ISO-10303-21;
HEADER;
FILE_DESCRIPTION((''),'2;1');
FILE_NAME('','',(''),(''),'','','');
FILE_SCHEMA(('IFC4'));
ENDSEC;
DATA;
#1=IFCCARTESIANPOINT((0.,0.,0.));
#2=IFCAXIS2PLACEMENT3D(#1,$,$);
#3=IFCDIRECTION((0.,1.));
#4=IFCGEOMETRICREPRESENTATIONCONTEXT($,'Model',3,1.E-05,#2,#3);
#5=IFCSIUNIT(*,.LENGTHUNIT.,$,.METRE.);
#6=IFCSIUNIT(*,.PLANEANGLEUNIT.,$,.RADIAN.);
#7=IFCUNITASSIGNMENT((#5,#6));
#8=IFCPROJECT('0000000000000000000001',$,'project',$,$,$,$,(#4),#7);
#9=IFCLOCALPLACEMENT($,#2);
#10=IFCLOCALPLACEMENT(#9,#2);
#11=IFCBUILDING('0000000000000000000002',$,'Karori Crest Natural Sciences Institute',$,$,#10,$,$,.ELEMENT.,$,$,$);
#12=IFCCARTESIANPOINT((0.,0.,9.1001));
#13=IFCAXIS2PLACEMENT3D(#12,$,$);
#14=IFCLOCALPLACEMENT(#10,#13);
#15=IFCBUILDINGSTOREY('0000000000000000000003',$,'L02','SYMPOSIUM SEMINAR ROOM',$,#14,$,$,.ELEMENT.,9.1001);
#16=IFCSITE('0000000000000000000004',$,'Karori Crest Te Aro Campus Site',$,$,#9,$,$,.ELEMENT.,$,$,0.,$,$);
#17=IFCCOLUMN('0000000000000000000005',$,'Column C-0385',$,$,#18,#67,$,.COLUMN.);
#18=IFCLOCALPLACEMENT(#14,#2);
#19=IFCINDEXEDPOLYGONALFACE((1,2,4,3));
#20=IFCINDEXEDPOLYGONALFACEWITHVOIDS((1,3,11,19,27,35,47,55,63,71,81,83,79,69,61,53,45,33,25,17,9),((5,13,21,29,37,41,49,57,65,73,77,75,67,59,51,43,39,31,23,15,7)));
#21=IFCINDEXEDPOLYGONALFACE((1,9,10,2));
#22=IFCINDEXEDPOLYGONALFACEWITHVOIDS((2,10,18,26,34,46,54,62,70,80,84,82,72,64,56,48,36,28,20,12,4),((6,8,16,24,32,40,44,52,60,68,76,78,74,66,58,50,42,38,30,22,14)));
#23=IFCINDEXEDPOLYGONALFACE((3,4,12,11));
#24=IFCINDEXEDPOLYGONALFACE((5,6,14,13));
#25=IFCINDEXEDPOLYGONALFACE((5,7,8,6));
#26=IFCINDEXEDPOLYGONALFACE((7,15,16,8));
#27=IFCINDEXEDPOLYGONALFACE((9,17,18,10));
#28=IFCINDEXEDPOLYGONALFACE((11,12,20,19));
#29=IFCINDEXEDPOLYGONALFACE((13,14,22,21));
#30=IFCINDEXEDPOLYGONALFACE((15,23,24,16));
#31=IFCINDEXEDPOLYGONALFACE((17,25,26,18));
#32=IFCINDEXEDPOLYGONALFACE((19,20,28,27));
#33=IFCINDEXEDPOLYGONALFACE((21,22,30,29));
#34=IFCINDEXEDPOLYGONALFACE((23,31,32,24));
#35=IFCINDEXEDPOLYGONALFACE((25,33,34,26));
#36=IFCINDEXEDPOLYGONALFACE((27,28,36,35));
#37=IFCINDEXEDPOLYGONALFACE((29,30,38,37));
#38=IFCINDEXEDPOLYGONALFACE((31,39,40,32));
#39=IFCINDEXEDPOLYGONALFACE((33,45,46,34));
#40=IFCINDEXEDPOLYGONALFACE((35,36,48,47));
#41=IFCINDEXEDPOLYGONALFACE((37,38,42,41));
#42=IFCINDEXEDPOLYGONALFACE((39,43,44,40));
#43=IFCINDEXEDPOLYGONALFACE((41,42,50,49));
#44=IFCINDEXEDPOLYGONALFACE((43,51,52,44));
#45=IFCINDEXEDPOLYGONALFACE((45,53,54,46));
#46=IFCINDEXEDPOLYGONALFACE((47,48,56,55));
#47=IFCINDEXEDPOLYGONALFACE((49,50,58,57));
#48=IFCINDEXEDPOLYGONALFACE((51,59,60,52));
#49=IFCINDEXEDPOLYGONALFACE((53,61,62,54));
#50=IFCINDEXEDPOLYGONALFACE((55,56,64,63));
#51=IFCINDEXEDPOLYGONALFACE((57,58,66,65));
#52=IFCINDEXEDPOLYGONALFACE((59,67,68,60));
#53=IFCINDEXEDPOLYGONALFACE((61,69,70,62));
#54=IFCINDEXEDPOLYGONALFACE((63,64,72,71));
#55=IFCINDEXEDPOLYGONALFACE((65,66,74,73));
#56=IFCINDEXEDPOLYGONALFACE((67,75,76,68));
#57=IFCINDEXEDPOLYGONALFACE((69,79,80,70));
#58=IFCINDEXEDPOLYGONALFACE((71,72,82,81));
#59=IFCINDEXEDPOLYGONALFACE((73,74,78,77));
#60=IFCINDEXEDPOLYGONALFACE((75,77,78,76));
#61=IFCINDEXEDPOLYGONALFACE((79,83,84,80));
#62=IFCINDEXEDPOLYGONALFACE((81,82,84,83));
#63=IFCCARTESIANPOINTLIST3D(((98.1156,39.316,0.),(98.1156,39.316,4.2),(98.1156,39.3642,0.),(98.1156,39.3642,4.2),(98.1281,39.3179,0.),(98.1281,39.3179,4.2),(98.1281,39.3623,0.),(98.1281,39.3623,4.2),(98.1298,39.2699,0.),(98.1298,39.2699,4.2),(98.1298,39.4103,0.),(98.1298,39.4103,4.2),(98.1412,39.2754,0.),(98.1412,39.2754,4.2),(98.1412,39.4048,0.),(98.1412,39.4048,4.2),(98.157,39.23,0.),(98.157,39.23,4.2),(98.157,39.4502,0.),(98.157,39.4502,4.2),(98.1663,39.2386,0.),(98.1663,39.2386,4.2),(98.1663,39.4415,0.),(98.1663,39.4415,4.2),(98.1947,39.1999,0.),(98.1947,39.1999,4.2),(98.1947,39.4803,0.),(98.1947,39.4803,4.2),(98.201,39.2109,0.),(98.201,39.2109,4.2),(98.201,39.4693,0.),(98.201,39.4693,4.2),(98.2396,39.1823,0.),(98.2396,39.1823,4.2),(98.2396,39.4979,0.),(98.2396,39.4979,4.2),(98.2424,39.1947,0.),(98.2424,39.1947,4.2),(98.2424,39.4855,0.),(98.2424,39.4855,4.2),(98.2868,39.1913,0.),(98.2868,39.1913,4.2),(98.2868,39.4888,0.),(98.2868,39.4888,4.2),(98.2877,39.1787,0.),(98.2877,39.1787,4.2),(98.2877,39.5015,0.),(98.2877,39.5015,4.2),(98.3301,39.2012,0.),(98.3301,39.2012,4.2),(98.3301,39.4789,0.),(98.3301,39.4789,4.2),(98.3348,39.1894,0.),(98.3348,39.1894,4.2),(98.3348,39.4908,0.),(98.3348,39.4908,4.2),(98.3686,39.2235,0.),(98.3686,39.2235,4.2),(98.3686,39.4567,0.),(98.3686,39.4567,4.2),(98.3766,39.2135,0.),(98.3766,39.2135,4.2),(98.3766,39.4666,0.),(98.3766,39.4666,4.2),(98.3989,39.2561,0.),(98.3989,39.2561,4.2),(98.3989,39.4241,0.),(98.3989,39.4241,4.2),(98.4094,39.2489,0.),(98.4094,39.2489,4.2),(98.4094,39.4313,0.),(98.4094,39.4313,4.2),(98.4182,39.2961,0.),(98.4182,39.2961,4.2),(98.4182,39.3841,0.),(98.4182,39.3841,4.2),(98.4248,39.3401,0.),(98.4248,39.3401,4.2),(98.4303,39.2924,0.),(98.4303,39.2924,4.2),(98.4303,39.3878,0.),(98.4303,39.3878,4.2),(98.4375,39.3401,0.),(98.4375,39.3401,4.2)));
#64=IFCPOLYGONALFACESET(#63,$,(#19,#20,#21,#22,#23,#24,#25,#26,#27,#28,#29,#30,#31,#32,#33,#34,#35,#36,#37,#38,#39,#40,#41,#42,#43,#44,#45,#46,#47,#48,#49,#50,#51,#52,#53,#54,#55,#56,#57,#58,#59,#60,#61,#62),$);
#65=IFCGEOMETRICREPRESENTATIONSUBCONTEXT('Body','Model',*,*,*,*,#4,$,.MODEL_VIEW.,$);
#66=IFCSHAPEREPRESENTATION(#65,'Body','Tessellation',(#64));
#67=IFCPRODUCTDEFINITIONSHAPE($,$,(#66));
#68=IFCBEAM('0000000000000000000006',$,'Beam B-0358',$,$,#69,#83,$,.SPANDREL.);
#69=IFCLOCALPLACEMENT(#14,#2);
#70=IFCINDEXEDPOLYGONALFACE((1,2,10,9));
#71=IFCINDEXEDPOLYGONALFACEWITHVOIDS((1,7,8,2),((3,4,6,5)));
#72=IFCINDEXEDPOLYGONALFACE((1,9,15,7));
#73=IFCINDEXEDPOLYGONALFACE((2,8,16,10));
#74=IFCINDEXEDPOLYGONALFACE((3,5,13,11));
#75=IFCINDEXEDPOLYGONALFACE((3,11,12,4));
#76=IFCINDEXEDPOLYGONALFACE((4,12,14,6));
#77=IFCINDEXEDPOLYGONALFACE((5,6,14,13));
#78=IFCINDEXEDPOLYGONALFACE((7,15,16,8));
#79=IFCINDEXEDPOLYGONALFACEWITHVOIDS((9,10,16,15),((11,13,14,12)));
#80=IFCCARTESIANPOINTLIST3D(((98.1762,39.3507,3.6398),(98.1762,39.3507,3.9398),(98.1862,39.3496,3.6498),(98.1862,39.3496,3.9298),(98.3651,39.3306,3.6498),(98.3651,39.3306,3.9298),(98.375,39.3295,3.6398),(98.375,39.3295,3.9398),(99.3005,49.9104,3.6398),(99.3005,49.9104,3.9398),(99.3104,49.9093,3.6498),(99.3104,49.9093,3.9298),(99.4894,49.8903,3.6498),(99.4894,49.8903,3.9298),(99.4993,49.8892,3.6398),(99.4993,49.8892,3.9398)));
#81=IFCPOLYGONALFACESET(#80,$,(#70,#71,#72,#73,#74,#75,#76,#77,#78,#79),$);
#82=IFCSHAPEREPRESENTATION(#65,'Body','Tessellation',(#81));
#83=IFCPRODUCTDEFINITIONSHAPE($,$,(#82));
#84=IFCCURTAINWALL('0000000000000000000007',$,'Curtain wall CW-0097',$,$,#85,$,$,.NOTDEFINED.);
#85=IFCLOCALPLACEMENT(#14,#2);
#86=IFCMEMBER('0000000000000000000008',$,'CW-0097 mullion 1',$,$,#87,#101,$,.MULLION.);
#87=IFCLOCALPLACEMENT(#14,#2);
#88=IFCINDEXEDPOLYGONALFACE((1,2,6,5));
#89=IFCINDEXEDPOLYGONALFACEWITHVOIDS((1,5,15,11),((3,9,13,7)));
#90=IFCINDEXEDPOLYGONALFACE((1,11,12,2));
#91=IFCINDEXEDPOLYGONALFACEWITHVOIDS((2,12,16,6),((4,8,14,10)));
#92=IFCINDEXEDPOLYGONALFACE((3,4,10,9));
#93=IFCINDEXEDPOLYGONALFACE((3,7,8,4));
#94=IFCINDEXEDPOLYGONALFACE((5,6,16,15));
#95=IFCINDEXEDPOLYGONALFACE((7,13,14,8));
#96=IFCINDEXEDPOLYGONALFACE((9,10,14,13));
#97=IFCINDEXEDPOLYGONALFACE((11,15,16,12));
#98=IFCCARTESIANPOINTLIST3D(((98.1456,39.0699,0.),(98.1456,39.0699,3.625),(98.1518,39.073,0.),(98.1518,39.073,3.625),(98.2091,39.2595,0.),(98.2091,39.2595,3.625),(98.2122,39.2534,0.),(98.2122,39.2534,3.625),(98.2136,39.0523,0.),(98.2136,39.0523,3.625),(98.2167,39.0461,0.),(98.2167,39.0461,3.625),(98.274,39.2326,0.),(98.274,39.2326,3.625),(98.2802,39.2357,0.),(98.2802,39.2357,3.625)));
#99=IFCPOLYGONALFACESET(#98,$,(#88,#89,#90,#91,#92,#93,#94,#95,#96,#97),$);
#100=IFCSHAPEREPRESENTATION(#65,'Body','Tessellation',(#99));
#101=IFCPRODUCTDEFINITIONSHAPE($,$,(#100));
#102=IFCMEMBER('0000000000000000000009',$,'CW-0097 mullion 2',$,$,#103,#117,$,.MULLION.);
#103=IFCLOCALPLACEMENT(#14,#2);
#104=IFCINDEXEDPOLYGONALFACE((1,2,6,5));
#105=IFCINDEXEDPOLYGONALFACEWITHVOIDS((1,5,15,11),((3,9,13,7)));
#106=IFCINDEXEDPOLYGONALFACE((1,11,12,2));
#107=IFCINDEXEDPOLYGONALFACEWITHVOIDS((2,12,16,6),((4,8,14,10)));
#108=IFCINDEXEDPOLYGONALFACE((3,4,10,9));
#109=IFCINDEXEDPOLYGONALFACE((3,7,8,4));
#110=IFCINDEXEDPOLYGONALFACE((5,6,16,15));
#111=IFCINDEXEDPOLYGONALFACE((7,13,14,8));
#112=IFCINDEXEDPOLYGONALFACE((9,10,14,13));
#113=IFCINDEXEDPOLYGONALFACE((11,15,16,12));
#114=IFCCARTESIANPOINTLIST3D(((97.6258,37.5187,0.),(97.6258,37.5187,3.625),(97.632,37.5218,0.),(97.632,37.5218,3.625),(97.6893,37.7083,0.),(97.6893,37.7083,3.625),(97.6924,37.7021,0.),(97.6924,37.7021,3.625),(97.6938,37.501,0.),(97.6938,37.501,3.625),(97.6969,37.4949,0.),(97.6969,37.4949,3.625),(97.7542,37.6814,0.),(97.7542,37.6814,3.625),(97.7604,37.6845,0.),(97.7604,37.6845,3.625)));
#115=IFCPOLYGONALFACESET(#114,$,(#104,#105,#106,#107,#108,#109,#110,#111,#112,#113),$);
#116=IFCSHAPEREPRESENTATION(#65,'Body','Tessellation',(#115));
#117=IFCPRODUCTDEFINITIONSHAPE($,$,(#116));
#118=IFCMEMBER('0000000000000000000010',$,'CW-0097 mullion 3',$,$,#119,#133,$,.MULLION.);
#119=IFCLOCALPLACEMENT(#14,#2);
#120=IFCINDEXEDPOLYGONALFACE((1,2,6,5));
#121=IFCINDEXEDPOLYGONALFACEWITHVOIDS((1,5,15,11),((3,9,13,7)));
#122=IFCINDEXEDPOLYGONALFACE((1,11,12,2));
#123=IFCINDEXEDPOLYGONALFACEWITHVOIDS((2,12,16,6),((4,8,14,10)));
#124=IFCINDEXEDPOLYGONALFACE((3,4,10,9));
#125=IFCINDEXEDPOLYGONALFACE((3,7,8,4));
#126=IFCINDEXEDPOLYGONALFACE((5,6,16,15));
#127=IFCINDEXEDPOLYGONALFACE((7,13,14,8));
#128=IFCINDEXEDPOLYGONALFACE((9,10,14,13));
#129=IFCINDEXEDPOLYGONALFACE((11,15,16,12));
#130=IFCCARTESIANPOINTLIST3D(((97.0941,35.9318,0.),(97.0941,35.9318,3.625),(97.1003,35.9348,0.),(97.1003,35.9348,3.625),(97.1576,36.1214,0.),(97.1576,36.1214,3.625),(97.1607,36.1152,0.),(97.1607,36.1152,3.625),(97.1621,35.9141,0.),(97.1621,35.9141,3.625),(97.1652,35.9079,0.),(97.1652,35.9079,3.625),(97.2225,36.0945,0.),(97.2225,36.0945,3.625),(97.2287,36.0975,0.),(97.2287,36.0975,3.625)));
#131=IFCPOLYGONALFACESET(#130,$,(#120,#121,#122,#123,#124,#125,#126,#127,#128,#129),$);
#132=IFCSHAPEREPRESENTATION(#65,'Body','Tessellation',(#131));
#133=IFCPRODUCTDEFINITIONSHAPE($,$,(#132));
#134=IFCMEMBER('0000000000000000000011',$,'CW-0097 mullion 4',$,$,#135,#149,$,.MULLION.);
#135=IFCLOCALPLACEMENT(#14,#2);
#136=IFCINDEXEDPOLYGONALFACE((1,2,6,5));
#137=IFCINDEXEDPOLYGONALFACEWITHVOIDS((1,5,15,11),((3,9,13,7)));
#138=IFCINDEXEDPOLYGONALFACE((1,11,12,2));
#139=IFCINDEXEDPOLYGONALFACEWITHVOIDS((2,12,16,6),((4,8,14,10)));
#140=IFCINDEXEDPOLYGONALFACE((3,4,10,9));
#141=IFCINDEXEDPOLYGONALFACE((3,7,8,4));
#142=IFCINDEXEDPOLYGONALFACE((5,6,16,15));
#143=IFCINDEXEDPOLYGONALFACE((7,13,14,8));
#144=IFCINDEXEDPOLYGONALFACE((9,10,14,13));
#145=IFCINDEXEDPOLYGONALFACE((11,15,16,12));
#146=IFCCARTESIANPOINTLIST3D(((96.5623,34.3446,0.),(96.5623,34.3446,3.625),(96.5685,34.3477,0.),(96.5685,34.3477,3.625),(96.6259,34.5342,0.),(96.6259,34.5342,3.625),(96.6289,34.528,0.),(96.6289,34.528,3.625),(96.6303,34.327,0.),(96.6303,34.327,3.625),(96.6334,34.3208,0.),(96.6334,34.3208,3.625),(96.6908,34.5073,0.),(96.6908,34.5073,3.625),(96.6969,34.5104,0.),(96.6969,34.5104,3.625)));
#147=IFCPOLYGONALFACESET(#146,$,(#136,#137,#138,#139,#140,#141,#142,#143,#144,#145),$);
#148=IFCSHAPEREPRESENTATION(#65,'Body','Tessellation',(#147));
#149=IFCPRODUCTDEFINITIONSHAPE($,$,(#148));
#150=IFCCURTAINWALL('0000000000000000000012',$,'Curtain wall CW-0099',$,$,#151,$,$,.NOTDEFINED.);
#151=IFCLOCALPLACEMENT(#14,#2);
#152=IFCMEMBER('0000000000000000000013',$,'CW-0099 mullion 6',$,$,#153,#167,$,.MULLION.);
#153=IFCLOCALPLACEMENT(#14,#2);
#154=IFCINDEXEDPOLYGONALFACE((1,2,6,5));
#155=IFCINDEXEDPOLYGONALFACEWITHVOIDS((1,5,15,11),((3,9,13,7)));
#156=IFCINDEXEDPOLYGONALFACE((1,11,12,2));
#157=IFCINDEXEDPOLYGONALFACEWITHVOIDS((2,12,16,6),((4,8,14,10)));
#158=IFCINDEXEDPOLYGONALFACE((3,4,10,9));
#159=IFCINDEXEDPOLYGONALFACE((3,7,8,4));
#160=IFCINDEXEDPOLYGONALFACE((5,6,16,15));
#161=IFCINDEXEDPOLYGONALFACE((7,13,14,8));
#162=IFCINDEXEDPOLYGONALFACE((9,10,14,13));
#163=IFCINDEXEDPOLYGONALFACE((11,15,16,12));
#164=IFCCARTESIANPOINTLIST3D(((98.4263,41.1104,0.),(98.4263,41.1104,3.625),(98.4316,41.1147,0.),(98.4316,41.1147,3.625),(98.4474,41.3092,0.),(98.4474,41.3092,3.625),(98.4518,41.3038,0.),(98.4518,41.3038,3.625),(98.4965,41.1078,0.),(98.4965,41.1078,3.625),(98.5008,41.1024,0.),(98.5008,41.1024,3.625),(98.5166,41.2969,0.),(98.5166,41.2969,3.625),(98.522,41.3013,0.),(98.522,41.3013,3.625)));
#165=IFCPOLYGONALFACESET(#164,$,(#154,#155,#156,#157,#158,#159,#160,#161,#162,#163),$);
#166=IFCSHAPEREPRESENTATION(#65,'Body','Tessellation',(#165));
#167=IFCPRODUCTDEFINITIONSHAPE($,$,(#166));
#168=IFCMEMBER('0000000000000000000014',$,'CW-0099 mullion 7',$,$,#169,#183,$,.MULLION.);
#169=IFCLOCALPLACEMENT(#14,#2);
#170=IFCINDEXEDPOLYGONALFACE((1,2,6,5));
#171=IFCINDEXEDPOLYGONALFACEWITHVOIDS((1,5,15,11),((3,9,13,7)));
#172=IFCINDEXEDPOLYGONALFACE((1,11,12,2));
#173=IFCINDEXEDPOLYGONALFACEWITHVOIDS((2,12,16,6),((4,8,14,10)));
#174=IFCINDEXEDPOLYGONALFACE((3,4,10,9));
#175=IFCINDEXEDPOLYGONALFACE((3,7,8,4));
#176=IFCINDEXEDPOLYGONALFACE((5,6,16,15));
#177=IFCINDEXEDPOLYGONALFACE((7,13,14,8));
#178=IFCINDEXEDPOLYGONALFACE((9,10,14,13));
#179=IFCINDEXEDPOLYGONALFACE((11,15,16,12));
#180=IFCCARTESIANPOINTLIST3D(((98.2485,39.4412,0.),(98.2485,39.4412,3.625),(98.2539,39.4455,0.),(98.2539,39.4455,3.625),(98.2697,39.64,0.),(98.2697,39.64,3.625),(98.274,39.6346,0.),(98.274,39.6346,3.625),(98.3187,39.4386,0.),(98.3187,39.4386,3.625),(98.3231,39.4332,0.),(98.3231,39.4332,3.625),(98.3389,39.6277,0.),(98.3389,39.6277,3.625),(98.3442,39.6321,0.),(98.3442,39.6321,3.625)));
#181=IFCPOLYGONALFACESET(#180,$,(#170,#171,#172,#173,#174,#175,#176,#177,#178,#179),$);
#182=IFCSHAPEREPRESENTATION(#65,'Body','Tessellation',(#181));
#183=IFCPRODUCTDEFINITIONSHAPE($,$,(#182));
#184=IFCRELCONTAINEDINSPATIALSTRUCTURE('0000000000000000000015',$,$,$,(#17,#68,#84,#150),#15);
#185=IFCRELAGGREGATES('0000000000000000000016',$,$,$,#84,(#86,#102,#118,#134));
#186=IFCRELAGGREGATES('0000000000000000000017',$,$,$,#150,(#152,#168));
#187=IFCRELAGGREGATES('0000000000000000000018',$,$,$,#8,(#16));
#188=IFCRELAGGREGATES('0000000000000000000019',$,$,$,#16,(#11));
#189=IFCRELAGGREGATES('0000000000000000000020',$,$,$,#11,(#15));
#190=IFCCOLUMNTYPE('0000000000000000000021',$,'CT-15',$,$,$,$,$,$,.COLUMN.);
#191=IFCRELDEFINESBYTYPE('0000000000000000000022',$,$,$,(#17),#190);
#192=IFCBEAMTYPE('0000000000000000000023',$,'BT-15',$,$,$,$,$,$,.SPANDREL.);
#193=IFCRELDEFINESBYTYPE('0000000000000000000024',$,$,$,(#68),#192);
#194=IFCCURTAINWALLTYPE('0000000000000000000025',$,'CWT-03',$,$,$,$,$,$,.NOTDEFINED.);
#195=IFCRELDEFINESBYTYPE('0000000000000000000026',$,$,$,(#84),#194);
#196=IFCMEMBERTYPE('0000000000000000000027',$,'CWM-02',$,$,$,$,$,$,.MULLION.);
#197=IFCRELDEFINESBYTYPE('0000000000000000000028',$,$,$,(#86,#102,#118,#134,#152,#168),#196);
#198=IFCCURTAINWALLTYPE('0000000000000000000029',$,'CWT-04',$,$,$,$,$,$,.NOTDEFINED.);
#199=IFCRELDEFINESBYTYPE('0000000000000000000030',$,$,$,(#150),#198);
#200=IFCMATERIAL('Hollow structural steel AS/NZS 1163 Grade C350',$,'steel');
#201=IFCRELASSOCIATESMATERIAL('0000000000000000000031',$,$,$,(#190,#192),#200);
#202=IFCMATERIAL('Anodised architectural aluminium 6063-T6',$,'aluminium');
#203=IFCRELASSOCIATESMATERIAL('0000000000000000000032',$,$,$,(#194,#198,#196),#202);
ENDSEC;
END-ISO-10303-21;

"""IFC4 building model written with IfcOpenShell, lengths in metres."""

from ifc_helpers import new_model, si_unit, direction, frame, origin, origin_2d, place, context, subcontext, project, spatial, hollow_rectangle, hollow_circle, extrude, material, material_profile, profile_set, type_object, element, aggregate, save


model = new_model("IFC4")

# Units and contexts
model_context = context("Model", 3, precision=1e-05, world=origin(), true_north=direction((0.0, 1.0)))
body_context = subcontext(model_context, "Body", "Model", "MODEL_VIEW")
ifc_project = project(units=[si_unit("LENGTHUNIT", "METRE"), si_unit("PLANEANGLEUNIT", "RADIAN")], contexts=[model_context])

# Site, building, storey
site_placement = place(None, origin())
site = spatial("IfcSite", under=ifc_project, at=site_placement, Name="Karori Crest Te Aro Campus Site", CompositionType="ELEMENT", RefElevation=0.0)
building_placement = place(site_placement, origin())
building = spatial("IfcBuilding", under=site, at=building_placement, Name="Karori Crest Natural Sciences Institute", CompositionType="ELEMENT")
storey_placement = place(building_placement, frame((0.0, 0.0, 9.1001)))
storey = spatial("IfcBuildingStorey", under=building, at=storey_placement, Name="L02", Description="SYMPOSIUM SEMINAR ROOM", CompositionType="ELEMENT", Elevation=9.1001)

# Column
ifc_material_1 = material(Name="Hollow structural steel AS/NZS 1163 Grade C350", Category="steel")
ifc_material_profile_1 = material_profile(ifc_material_1, hollow_circle(Radius=0.1619, WallThickness=0.0127, at=origin_2d()), Name="CHS323.9x12.7")
ifc_profile_set_1 = profile_set([ifc_material_profile_1], Name="Hollow structural steel AS/NZS 1163 Grade C350")
column_type = type_object("IfcColumnType", Name="CT-15", PredefinedType="COLUMN", material=ifc_profile_set_1)
column_placement = place(storey_placement, frame((98.2756, 39.3401, 0.0), z_axis=(0.0, 0.0, 1.0), x_axis=(1.0, 0.0, 0.0)))
element("IfcColumn", 1, at=column_placement, inside=storey, type_object=column_type, Name="Column C-0385", PredefinedType="COLUMN", context=body_context, shape_type="SweptSolid", body=[
    extrude(hollow_circle(Radius=0.1619, WallThickness=0.0127, at=origin_2d()), origin(), (0.0, 0.0, 1.0), 4.2),
])

# Beam
ifc_material_profile_2 = material_profile(ifc_material_1, hollow_rectangle(XDim=0.2, YDim=0.3, WallThickness=0.01, at=origin_2d()), Name="RHS300x200x10")
ifc_profile_set_2 = profile_set([ifc_material_profile_2], Name="Hollow structural steel AS/NZS 1163 Grade C350")
beam_type = type_object("IfcBeamType", Name="BT-15", PredefinedType="SPANDREL", material=ifc_profile_set_2)
beam_placement = place(storey_placement, frame((98.2756, 39.3401, 3.7898), z_axis=(0.105868, 0.99438, 0.0), x_axis=(-0.99438, 0.105868, 0.0)))
element("IfcBeam", 2, at=beam_placement, inside=storey, type_object=beam_type, Name="Beam B-0358", PredefinedType="SPANDREL", context=body_context, shape_type="SweptSolid", body=[
    extrude(hollow_rectangle(XDim=0.2, YDim=0.3, WallThickness=0.01, at=origin_2d()), origin(), (0.0, 0.0, 1.0), 10.6194),
])

# Curtain walls, members
ifc_material_2 = material(Name="Anodised architectural aluminium 6063-T6", Category="aluminium")
curtain_wall_type_1 = type_object("IfcCurtainWallType", Name="CWT-03", PredefinedType="NOTDEFINED", material=ifc_material_2)
curtain_wall_1_placement = place(storey_placement, origin())
curtain_wall_1 = element("IfcCurtainWall", 3, at=curtain_wall_1_placement, inside=storey, type_object=curtain_wall_type_1, Name="Curtain wall CW-0097", PredefinedType="NOTDEFINED")
ifc_material_profile_3 = material_profile(ifc_material_2, hollow_rectangle(XDim=0.075, YDim=0.2, WallThickness=0.0049, at=origin_2d()), Name="CWM200x75x5")
ifc_profile_set_3 = profile_set([ifc_material_profile_3], Name="Anodised architectural aluminium 6063-T6")
member_type_1 = type_object("IfcMemberType", Name="CWM-02", PredefinedType="MULLION", material=ifc_profile_set_3)
member_1_placement = place(storey_placement, frame((98.2129, 39.1528, 0.0), z_axis=(0.0, 0.0, 1.0), x_axis=(0.948196, -0.317685, 0.0)))
member_1 = element("IfcMember", 4, at=member_1_placement, type_object=member_type_1, Name="CW-0097 mullion 1", PredefinedType="MULLION", context=body_context, shape_type="SweptSolid", body=[
    extrude(hollow_rectangle(XDim=0.075, YDim=0.2, WallThickness=0.0049, at=origin_2d()), origin(), (0.0, 0.0, 1.0), 3.625),
])
member_2_placement = place(storey_placement, frame((97.6931, 37.6016, 0.0), z_axis=(0.0, 0.0, 1.0), x_axis=(0.948196, -0.317685, 0.0)))
member_2 = element("IfcMember", 5, at=member_2_placement, type_object=member_type_1, Name="CW-0097 mullion 2", PredefinedType="MULLION", context=body_context, shape_type="SweptSolid", body=[
    extrude(hollow_rectangle(XDim=0.075, YDim=0.2, WallThickness=0.0049, at=origin_2d()), origin(), (0.0, 0.0, 1.0), 3.625),
])
member_3_placement = place(storey_placement, frame((97.1614, 36.0146, 0.0), z_axis=(0.0, 0.0, 1.0), x_axis=(0.948196, -0.317685, 0.0)))
member_3 = element("IfcMember", 6, at=member_3_placement, type_object=member_type_1, Name="CW-0097 mullion 3", PredefinedType="MULLION", context=body_context, shape_type="SweptSolid", body=[
    extrude(hollow_rectangle(XDim=0.075, YDim=0.2, WallThickness=0.0049, at=origin_2d()), origin(), (0.0, 0.0, 1.0), 3.625),
])
member_4_placement = place(storey_placement, frame((96.6296, 34.4275, 0.0), z_axis=(0.0, 0.0, 1.0), x_axis=(0.948196, -0.317685, 0.0)))
member_4 = element("IfcMember", 7, at=member_4_placement, type_object=member_type_1, Name="CW-0097 mullion 4", PredefinedType="MULLION", context=body_context, shape_type="SweptSolid", body=[
    extrude(hollow_rectangle(XDim=0.075, YDim=0.2, WallThickness=0.0049, at=origin_2d()), origin(), (0.0, 0.0, 1.0), 3.625),
])
curtain_wall_type_2 = type_object("IfcCurtainWallType", Name="CWT-04", PredefinedType="NOTDEFINED", material=ifc_material_2)
curtain_wall_2_placement = place(storey_placement, origin())
curtain_wall_2 = element("IfcCurtainWall", 8, at=curtain_wall_2_placement, inside=storey, type_object=curtain_wall_type_2, Name="Curtain wall CW-0099", PredefinedType="NOTDEFINED")
member_5_placement = place(storey_placement, frame((98.4741, 41.2058, 0.0), z_axis=(0.0, 0.0, 1.0), x_axis=(0.994378, -0.105884, 0.0)))
member_5 = element("IfcMember", 9, at=member_5_placement, type_object=member_type_1, Name="CW-0099 mullion 6", PredefinedType="MULLION", context=body_context, shape_type="SweptSolid", body=[
    extrude(hollow_rectangle(XDim=0.075, YDim=0.2, WallThickness=0.0049, at=origin_2d()), origin(), (0.0, 0.0, 1.0), 3.625),
])
member_6_placement = place(storey_placement, frame((98.2964, 39.5366, 0.0), z_axis=(0.0, 0.0, 1.0), x_axis=(0.994378, -0.105884, 0.0)))
member_6 = element("IfcMember", 10, at=member_6_placement, type_object=member_type_1, Name="CW-0099 mullion 7", PredefinedType="MULLION", context=body_context, shape_type="SweptSolid", body=[
    extrude(hollow_rectangle(XDim=0.075, YDim=0.2, WallThickness=0.0049, at=origin_2d()), origin(), (0.0, 0.0, 1.0), 3.625),
])

aggregate(curtain_wall_1, [member_1, member_2, member_3, member_4])
aggregate(curtain_wall_2, [member_5, member_6])

save(model, "model.ifc")
